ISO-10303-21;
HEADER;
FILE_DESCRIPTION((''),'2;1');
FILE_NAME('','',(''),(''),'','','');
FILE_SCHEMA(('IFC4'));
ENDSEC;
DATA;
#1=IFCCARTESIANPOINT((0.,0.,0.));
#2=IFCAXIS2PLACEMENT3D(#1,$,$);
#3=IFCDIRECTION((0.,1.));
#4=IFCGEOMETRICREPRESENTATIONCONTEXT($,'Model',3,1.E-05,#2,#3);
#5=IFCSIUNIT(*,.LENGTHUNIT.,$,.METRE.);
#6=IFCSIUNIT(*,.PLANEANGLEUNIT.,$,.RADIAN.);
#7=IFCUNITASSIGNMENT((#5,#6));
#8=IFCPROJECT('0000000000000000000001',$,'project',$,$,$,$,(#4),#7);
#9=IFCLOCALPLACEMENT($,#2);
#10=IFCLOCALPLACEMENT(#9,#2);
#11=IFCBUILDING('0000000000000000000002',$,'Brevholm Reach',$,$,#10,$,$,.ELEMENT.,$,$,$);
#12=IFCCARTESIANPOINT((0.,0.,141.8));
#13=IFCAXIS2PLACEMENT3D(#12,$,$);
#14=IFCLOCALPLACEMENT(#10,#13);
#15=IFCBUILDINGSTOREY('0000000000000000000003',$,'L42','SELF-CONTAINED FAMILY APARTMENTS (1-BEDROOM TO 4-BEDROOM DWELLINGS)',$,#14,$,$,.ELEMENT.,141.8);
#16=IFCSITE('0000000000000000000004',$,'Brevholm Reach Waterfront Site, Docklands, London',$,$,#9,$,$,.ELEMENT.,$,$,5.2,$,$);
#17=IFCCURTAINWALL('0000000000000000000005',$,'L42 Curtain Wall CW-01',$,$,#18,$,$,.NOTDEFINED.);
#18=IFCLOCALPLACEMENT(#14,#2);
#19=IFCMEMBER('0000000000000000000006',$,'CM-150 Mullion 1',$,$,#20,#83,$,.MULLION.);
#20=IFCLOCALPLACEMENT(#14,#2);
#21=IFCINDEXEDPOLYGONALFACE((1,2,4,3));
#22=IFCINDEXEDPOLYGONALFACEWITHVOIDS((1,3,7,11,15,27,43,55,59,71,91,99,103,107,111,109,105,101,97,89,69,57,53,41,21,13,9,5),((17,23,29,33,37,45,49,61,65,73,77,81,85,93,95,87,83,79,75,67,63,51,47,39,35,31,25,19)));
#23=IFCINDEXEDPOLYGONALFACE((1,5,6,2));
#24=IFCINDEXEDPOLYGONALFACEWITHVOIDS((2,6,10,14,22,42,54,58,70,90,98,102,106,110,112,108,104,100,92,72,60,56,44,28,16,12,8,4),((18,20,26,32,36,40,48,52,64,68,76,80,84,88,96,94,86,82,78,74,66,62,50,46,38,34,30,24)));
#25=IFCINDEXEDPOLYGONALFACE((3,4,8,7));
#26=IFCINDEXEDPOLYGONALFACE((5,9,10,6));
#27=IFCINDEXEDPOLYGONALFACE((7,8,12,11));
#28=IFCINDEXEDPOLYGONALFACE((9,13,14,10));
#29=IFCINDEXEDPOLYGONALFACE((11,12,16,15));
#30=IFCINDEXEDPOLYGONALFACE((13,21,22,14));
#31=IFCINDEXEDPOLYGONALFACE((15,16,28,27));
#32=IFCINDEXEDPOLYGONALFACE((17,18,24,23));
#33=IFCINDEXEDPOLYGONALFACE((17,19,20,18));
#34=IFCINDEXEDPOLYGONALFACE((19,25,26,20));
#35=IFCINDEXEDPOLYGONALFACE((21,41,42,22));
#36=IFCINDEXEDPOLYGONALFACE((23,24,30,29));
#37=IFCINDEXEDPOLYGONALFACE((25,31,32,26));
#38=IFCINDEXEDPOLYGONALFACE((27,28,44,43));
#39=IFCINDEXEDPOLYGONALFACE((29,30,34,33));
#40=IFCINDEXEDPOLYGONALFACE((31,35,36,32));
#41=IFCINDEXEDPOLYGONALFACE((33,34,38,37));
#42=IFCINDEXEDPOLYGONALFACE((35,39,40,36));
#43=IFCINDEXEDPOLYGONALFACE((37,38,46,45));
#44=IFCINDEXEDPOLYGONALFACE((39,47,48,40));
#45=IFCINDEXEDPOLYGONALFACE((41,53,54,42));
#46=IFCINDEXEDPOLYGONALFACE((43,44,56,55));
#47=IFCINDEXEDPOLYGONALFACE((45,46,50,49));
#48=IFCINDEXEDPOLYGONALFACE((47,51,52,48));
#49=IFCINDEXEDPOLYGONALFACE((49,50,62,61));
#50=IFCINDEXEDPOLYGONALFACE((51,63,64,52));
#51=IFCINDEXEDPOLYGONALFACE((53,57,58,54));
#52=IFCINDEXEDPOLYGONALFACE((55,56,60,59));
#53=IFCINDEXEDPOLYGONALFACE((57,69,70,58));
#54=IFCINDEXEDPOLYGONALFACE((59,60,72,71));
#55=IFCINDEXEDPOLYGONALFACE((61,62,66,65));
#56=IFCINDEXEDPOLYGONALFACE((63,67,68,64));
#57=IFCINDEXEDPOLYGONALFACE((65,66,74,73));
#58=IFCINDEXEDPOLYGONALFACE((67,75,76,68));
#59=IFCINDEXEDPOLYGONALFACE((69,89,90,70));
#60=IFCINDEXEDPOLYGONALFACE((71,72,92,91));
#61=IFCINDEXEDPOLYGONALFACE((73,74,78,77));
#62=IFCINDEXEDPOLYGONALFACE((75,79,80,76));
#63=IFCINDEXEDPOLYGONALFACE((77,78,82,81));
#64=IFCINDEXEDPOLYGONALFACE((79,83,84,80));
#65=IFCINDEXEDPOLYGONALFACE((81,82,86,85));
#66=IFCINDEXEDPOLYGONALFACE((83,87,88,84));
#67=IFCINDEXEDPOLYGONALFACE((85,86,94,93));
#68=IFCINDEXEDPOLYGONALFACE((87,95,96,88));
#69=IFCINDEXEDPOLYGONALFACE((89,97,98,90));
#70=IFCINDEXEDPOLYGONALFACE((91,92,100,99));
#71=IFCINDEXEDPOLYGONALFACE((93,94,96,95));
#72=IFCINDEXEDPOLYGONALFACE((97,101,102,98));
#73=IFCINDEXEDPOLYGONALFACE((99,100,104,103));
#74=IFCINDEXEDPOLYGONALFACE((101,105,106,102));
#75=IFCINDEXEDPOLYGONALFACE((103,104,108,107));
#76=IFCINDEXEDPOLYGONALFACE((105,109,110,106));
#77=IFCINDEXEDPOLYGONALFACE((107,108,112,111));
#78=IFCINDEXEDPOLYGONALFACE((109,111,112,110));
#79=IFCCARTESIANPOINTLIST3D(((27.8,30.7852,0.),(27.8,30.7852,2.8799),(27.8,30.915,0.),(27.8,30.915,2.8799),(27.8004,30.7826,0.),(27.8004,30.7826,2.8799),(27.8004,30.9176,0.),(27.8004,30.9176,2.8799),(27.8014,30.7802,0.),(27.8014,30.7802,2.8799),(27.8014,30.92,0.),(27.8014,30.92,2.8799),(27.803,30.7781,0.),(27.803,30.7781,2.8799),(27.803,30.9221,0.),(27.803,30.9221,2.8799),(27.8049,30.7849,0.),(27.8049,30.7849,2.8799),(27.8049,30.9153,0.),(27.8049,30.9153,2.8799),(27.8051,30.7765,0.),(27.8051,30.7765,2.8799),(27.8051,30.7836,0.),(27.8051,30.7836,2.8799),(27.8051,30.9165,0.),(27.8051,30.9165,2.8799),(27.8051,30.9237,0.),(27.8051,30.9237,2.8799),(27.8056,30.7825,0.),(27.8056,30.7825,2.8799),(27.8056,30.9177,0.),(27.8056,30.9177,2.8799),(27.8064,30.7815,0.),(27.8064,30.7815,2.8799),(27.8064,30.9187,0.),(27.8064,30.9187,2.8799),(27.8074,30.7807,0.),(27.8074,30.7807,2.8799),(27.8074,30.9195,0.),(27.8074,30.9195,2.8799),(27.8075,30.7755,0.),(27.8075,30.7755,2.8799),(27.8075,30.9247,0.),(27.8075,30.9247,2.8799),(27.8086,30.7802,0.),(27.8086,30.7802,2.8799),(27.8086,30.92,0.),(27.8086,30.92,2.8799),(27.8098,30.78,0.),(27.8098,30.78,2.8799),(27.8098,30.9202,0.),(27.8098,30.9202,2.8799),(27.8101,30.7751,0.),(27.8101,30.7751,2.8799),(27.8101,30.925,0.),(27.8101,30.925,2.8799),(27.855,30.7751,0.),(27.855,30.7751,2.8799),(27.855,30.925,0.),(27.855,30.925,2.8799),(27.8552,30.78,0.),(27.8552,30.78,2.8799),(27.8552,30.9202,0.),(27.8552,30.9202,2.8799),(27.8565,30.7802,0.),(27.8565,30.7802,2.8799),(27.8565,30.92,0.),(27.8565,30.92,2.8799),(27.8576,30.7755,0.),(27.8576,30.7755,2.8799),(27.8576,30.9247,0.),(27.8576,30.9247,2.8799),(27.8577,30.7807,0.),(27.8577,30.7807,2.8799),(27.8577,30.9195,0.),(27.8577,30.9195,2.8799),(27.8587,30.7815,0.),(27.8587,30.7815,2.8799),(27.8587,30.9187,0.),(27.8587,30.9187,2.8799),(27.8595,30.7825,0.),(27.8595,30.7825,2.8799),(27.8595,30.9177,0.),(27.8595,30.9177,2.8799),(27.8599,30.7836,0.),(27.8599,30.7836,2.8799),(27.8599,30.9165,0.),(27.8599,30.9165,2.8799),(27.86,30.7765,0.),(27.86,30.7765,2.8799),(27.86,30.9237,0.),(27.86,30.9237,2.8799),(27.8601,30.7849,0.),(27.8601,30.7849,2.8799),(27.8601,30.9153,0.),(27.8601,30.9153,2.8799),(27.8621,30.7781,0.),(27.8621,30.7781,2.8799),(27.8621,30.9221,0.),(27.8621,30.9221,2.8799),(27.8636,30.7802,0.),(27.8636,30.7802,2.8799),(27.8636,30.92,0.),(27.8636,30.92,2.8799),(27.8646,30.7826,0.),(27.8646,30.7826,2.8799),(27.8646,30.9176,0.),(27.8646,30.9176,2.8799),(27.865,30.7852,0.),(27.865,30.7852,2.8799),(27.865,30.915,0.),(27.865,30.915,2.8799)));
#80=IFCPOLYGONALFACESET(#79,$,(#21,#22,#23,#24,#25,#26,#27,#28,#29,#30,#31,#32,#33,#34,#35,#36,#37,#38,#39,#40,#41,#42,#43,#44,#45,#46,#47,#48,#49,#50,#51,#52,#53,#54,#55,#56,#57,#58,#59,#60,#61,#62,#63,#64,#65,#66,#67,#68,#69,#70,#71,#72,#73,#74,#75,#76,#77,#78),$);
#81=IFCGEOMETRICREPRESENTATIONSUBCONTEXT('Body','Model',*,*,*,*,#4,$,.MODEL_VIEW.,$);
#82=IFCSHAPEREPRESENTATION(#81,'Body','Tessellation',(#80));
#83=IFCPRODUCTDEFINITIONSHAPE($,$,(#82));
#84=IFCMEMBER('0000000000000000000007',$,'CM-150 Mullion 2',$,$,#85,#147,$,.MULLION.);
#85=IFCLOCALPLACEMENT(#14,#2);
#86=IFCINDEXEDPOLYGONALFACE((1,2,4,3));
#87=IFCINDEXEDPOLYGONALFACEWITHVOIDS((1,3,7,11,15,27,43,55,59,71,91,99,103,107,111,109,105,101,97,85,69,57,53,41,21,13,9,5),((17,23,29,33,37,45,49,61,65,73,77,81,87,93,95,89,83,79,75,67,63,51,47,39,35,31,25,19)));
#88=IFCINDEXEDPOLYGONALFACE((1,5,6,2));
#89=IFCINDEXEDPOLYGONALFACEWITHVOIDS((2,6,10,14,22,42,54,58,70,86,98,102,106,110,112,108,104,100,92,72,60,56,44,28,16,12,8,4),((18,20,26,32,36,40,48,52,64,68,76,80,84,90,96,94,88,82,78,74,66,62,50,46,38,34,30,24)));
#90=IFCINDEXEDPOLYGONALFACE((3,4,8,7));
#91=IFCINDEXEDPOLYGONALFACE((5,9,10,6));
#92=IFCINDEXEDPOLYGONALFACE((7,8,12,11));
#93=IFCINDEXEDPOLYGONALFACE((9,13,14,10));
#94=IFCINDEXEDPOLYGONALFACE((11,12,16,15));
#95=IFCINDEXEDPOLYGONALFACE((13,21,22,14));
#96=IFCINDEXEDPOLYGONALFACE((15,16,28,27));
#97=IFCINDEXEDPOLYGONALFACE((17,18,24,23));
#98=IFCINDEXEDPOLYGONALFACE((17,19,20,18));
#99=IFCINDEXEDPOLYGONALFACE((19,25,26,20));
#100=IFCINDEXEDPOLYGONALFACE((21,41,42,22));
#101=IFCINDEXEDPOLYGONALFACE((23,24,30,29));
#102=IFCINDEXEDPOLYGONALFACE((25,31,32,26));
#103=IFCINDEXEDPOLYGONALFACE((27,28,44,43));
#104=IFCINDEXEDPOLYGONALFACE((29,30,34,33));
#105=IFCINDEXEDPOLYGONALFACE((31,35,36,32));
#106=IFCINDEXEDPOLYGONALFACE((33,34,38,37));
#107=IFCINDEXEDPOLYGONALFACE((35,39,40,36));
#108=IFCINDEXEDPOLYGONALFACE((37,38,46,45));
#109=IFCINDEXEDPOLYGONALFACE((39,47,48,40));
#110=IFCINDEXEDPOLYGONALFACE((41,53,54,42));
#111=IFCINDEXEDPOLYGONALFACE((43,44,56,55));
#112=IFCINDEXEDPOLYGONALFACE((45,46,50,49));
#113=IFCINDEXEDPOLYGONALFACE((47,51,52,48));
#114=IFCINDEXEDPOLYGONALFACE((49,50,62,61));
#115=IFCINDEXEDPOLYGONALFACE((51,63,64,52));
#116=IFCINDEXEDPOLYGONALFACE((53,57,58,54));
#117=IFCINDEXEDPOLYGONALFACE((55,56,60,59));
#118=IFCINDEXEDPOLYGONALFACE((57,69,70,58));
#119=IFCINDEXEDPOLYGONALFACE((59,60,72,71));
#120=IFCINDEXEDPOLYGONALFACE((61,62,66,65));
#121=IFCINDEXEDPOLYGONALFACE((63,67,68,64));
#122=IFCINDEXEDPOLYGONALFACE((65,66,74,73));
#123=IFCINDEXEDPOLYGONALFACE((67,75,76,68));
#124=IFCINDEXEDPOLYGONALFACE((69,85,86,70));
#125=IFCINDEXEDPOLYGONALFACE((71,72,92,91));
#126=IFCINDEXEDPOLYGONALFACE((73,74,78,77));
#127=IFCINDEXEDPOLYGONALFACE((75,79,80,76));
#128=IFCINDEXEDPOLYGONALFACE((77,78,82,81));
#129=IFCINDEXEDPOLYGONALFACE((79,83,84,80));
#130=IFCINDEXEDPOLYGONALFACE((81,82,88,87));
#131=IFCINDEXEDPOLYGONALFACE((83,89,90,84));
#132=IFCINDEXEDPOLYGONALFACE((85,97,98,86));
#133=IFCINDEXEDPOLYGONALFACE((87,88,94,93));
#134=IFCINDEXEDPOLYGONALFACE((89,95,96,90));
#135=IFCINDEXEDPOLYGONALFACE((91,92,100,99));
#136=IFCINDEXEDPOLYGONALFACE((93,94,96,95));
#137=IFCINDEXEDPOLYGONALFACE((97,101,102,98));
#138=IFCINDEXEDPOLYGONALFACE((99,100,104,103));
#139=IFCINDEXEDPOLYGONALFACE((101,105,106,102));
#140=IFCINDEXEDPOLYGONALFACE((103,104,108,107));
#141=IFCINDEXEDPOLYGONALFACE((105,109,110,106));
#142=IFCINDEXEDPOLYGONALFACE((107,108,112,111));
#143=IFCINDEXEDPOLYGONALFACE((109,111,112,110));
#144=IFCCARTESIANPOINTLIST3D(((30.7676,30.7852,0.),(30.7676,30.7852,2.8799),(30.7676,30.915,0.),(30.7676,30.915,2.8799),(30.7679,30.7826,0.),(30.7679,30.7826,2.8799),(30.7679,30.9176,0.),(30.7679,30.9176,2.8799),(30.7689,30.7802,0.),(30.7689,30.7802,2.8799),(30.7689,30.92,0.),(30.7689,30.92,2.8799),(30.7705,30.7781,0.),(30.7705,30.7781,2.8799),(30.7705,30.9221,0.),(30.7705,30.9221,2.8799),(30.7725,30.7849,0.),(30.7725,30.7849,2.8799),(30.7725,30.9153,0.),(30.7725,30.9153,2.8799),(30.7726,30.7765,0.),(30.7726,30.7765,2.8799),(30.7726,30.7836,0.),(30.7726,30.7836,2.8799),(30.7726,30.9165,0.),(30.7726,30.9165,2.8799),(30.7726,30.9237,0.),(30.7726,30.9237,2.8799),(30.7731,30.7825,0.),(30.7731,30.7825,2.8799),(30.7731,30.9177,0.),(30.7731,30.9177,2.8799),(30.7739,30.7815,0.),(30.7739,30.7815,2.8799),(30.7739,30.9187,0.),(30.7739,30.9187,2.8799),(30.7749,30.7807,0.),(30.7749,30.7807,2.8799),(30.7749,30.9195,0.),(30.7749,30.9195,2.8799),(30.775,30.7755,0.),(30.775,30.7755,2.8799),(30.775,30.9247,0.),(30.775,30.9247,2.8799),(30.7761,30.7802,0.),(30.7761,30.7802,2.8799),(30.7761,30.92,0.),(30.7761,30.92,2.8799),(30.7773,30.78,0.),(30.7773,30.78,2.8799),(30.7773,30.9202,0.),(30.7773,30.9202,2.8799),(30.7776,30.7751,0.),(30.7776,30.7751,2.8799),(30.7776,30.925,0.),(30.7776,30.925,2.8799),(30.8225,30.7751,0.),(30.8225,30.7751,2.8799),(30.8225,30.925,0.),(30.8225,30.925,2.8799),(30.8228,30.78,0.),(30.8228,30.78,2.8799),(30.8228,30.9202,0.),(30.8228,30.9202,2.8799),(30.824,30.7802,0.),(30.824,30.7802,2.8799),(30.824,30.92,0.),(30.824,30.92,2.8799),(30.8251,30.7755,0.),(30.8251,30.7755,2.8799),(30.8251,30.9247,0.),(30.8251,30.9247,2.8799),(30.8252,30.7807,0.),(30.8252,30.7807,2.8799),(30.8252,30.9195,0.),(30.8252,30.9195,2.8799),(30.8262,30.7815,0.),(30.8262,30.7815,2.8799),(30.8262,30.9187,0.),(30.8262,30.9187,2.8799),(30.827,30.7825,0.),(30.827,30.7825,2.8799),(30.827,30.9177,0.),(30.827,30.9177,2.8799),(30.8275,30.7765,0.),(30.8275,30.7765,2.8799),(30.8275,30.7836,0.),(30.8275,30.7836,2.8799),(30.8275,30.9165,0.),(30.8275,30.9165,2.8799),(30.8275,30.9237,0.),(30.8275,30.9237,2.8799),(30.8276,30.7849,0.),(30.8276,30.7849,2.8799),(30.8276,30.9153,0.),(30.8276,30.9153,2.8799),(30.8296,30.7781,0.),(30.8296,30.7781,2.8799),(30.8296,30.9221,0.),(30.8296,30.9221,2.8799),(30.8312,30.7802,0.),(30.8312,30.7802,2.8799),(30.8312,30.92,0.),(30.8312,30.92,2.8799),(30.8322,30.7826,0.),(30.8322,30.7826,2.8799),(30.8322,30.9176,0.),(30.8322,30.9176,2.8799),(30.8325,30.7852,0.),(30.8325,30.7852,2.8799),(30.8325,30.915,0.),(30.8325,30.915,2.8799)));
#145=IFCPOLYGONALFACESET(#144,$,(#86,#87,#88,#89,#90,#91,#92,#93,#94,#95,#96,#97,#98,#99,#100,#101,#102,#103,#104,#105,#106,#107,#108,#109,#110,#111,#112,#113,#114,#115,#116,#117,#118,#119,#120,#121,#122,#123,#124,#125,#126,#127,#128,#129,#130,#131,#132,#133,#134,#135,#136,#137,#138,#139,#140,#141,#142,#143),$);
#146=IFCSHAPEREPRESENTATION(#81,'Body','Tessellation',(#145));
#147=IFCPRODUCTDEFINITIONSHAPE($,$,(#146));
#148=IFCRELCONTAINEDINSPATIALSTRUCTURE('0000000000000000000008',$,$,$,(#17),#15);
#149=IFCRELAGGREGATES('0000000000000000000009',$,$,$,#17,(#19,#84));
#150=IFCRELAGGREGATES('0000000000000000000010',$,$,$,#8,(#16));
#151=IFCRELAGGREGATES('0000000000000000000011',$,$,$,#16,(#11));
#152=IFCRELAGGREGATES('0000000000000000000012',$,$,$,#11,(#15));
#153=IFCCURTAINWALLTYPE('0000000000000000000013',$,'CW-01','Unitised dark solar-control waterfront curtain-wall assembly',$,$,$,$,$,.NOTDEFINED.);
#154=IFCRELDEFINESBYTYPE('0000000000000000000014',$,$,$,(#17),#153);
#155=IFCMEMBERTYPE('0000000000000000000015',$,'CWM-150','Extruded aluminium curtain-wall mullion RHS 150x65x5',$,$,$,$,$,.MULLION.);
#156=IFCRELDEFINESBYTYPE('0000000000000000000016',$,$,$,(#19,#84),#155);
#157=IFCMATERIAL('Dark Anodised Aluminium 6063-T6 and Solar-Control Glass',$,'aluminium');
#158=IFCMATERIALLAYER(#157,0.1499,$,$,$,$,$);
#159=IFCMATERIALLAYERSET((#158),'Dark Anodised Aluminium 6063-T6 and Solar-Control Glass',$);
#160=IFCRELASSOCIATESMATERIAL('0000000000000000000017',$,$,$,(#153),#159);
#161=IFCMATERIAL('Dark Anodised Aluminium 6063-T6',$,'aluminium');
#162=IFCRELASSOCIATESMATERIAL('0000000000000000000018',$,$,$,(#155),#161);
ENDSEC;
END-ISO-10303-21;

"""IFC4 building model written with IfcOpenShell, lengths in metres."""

from ifc_helpers import new_model, si_unit, direction, frame, origin, origin_2d, place, context, subcontext, project, spatial, hollow_rectangle, extrude, material, layer, layer_set, material_profile, profile_set, type_object, element, aggregate, save


model = new_model("IFC4")

# Units and contexts
model_context = context("Model", 3, precision=1e-05, world=origin(), true_north=direction((0.0, 1.0)))
body_context = subcontext(model_context, "Body", "Model", "MODEL_VIEW")
ifc_project = project(units=[si_unit("LENGTHUNIT", "METRE"), si_unit("PLANEANGLEUNIT", "RADIAN")], contexts=[model_context])

# Site, building, storey
site_placement = place(None, origin())
site = spatial("IfcSite", under=ifc_project, at=site_placement, Name="Brevholm Reach Waterfront Site, Docklands, London", CompositionType="ELEMENT", RefElevation=5.2)
building_placement = place(site_placement, origin())
building = spatial("IfcBuilding", under=site, at=building_placement, Name="Brevholm Reach", CompositionType="ELEMENT")
storey_placement = place(building_placement, frame((0.0, 0.0, 141.8)))
storey = spatial("IfcBuildingStorey", under=building, at=storey_placement, Name="L42", Description="SELF-CONTAINED FAMILY APARTMENTS (1-BEDROOM TO 4-BEDROOM DWELLINGS)", CompositionType="ELEMENT", Elevation=141.8)

# Curtain wall, members
ifc_material_1 = material(Name="Dark Anodised Aluminium 6063-T6 and Solar-Control Glass", Category="aluminium")
ifc_layer_1 = layer(ifc_material_1, 0.1499)
ifc_layer_set_1 = layer_set([ifc_layer_1], Name="Dark Anodised Aluminium 6063-T6 and Solar-Control Glass")
curtain_wall_type_1 = type_object("IfcCurtainWallType", Name="CW-01", Description="Unitised dark solar-control waterfront curtain-wall assembly", PredefinedType="NOTDEFINED", material=ifc_layer_set_1)
curtain_wall_1_placement = place(storey_placement, origin())
curtain_wall_1 = element("IfcCurtainWall", 1, at=curtain_wall_1_placement, inside=storey, type_object=curtain_wall_type_1, Name="L42 Curtain Wall CW-01", PredefinedType="NOTDEFINED")
ifc_material_2 = material(Name="Dark Anodised Aluminium 6063-T6", Category="aluminium")
ifc_material_profile_1 = material_profile(ifc_material_2, hollow_rectangle(XDim=0.0649, YDim=0.1499, WallThickness=0.0049, InnerFilletRadius=0.0049, OuterFilletRadius=0.01, at=origin_2d()), Name="RHS 150x65x5")
ifc_profile_set_1 = profile_set([ifc_material_profile_1], Name="Dark Anodised Aluminium 6063-T6")
member_type_1 = type_object("IfcMemberType", Name="CWM-150", Description="Extruded aluminium curtain-wall mullion RHS 150x65x5", PredefinedType="MULLION", material=ifc_profile_set_1)
member_1_placement = place(storey_placement, frame((27.8325, 30.8501, 0.0), z_axis=(0.0, 0.0, 1.0), x_axis=(1.0, 0.0, 0.0)))
member_1 = element("IfcMember", 2, at=member_1_placement, type_object=member_type_1, Name="CM-150 Mullion 1", PredefinedType="MULLION", context=body_context, shape_type="SweptSolid", body=[
    extrude(hollow_rectangle(XDim=0.0649, YDim=0.1499, WallThickness=0.0049, InnerFilletRadius=0.0049, OuterFilletRadius=0.01, at=origin_2d()), origin(), (0.0, 0.0, 1.0), 2.8799),
])
member_2_placement = place(storey_placement, frame((30.8, 30.8501, 0.0), z_axis=(0.0, 0.0, 1.0), x_axis=(1.0, 0.0, 0.0)))
member_2 = element("IfcMember", 3, at=member_2_placement, type_object=member_type_1, Name="CM-150 Mullion 2", PredefinedType="MULLION", context=body_context, shape_type="SweptSolid", body=[
    extrude(hollow_rectangle(XDim=0.0649, YDim=0.1499, WallThickness=0.0049, InnerFilletRadius=0.0049, OuterFilletRadius=0.01, at=origin_2d()), origin(), (0.0, 0.0, 1.0), 2.8799),
])

aggregate(curtain_wall_1, [member_1, member_2])

save(model, "model.ifc")
